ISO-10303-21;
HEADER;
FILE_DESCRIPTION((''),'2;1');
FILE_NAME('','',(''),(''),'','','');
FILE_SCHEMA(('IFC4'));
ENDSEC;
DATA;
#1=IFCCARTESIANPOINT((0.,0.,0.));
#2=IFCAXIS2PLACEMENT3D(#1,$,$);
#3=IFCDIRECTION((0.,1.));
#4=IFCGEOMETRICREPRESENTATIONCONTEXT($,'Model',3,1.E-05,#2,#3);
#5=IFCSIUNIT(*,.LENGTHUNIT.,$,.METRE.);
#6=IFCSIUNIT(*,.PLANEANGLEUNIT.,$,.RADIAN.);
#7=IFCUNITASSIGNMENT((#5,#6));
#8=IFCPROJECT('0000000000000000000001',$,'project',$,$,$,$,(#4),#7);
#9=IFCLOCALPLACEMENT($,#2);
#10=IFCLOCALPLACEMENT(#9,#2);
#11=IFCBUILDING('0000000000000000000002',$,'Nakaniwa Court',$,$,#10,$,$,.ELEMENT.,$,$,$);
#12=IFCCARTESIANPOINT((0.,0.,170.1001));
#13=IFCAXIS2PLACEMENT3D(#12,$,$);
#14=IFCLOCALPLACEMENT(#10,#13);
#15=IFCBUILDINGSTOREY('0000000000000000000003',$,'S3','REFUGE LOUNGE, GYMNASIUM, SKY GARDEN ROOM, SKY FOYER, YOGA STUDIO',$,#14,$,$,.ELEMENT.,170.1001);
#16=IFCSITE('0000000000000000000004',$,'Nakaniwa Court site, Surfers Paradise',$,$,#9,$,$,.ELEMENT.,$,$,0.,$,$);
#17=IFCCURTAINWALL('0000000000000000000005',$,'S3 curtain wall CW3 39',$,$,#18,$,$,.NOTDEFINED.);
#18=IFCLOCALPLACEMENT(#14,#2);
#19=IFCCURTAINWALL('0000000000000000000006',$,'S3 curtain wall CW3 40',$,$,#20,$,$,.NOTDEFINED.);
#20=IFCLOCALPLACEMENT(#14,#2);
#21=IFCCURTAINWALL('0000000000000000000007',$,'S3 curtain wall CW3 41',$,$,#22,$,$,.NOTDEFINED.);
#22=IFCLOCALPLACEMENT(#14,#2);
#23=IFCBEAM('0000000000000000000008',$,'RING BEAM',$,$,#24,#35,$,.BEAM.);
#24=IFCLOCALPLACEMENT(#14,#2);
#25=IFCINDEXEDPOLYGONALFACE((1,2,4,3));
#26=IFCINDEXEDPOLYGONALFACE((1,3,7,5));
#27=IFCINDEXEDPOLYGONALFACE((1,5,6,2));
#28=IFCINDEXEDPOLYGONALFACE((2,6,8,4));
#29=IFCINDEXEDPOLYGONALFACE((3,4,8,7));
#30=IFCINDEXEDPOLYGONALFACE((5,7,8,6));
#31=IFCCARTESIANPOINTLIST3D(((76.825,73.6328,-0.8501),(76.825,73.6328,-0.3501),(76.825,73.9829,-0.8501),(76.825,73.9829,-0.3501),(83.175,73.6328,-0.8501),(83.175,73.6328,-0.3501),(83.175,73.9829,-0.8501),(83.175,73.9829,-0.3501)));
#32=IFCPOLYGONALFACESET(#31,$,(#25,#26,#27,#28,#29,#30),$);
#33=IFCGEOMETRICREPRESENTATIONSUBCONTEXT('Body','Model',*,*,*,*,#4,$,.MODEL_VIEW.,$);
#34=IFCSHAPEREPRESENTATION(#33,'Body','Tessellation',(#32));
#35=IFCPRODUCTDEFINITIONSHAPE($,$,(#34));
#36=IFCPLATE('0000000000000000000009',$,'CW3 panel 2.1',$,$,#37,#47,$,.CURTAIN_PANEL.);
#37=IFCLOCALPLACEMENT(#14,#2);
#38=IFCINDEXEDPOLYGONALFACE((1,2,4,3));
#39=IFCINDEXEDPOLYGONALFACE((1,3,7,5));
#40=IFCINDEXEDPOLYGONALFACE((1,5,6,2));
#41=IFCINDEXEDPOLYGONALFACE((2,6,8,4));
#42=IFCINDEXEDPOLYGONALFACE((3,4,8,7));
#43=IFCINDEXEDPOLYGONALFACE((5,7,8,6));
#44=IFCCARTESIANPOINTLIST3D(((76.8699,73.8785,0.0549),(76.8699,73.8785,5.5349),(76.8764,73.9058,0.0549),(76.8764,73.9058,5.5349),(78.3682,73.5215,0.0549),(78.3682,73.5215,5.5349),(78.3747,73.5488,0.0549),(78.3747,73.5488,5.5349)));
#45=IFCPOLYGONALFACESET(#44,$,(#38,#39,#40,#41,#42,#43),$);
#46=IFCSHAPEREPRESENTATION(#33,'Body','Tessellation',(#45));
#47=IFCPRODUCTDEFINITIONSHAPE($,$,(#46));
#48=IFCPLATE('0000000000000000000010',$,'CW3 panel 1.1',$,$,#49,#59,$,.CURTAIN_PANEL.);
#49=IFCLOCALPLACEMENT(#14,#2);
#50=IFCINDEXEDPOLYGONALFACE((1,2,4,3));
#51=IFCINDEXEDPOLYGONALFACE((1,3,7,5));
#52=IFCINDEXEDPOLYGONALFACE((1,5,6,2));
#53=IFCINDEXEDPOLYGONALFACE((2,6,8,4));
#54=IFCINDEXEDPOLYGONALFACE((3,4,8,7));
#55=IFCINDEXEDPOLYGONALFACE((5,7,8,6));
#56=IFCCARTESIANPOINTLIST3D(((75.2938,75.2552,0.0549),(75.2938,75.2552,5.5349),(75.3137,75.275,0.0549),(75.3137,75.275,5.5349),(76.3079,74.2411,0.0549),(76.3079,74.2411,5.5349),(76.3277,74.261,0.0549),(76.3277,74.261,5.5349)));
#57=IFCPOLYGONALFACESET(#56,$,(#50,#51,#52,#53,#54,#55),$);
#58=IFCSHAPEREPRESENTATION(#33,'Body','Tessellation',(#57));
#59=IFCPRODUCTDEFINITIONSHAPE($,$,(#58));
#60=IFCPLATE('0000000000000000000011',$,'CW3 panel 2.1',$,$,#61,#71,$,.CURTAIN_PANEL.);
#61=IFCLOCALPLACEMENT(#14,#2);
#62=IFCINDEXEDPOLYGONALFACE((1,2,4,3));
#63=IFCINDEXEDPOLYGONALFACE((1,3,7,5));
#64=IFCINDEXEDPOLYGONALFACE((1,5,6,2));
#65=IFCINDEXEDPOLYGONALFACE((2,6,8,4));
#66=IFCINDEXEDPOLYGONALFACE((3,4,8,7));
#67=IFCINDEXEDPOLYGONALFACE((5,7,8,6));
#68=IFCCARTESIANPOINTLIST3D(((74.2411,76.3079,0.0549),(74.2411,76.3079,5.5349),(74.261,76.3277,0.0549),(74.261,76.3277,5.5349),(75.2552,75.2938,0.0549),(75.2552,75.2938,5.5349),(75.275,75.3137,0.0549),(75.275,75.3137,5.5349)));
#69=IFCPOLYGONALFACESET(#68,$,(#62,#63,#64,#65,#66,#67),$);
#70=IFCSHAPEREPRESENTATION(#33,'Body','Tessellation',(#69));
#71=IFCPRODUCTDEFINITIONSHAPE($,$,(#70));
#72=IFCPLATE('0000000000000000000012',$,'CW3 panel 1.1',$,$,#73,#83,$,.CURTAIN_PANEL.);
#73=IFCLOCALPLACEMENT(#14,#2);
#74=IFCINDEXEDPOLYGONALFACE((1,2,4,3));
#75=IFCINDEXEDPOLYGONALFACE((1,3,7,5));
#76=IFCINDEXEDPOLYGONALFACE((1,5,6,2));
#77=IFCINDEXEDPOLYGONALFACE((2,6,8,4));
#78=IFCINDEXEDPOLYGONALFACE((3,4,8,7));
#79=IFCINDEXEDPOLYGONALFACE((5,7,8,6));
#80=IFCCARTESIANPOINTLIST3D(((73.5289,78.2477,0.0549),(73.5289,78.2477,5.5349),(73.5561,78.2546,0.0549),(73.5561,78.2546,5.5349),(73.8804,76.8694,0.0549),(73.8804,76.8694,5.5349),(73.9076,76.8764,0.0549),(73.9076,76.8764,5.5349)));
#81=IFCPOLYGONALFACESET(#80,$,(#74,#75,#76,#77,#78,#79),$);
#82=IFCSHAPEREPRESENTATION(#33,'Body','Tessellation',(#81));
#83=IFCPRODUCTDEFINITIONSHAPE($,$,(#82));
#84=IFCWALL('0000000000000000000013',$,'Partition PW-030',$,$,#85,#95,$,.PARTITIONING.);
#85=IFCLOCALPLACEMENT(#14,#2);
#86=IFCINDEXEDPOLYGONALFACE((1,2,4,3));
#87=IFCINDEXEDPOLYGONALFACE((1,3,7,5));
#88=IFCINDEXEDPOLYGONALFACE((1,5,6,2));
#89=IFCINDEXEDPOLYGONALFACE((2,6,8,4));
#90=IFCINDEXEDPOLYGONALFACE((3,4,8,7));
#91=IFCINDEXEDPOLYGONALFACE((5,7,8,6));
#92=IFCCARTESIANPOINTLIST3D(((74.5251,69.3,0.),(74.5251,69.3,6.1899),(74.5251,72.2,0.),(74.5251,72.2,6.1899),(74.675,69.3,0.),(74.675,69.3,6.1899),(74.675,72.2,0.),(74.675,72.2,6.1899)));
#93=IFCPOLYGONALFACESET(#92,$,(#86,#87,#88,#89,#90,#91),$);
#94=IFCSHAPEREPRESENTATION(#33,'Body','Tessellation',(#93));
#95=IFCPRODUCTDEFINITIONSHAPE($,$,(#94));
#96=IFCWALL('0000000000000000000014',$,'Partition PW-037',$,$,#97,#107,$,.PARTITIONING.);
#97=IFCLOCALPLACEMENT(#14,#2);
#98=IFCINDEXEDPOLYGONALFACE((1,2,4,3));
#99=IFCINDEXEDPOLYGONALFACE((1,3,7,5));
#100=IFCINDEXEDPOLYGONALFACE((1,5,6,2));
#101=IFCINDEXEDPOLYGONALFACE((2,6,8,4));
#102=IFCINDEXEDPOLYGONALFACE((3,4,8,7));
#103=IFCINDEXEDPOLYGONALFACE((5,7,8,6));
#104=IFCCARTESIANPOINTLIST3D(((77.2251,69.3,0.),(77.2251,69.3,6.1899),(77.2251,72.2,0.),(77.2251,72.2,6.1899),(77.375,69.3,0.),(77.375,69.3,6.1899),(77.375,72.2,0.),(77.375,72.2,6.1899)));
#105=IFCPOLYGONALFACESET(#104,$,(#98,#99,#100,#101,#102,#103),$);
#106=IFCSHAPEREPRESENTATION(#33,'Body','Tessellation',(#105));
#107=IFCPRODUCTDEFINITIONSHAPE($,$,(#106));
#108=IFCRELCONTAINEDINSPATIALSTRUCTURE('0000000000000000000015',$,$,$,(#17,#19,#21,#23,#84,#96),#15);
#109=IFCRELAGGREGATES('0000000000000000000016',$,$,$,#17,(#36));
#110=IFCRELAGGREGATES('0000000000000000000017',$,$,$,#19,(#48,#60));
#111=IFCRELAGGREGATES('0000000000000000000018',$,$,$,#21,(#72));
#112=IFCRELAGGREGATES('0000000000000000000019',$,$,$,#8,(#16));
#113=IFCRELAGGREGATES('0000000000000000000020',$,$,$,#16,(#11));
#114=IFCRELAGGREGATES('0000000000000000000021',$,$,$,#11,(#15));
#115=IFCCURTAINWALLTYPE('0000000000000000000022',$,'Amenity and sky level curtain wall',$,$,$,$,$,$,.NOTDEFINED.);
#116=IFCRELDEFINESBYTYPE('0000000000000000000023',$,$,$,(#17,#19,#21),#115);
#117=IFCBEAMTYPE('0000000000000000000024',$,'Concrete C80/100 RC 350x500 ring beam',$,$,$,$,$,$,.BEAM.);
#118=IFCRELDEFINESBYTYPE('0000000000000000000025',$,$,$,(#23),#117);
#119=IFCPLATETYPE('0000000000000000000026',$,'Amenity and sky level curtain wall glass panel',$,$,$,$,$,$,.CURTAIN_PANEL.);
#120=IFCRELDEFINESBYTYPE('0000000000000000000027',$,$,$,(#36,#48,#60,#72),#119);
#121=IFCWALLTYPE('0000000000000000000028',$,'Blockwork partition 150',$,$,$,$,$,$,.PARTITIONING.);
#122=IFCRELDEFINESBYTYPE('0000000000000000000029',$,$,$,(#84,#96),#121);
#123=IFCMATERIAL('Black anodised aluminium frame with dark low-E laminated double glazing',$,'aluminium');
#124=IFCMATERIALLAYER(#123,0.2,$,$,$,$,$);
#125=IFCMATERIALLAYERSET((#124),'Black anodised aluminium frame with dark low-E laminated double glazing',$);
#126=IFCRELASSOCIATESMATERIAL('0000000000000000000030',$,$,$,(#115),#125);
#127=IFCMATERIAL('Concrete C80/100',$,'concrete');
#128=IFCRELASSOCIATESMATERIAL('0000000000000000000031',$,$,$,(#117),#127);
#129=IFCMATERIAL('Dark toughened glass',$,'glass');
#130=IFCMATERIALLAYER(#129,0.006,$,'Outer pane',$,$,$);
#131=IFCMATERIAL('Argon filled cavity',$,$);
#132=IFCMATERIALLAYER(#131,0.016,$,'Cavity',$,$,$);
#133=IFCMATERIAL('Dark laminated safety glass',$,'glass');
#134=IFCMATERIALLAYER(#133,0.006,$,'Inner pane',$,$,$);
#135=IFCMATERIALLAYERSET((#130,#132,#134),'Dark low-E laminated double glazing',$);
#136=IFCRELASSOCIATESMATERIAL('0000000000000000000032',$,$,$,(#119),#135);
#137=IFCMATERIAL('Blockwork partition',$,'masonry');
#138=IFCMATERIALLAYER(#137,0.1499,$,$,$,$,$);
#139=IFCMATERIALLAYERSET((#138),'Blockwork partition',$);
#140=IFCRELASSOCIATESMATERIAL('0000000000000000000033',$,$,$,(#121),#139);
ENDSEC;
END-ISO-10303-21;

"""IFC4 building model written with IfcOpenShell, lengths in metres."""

from ifc_helpers import new_model, si_unit, direction, frame, frame_2d, origin, origin_2d, place, context, subcontext, project, spatial, rectangle, extrude, material, layer, layer_set, material_profile, profile_set, type_object, element, aggregate, save


model = new_model("IFC4")

# Units and contexts
model_context = context("Model", 3, precision=1e-05, world=origin(), true_north=direction((0.0, 1.0)))
body_context = subcontext(model_context, "Body", "Model", "MODEL_VIEW")
ifc_project = project(units=[si_unit("LENGTHUNIT", "METRE"), si_unit("PLANEANGLEUNIT", "RADIAN")], contexts=[model_context])

# Site, building, storey
site_placement = place(None, origin())
site = spatial("IfcSite", under=ifc_project, at=site_placement, Name="Nakaniwa Court site, Surfers Paradise", CompositionType="ELEMENT", RefElevation=0.0)
building_placement = place(site_placement, origin())
building = spatial("IfcBuilding", under=site, at=building_placement, Name="Nakaniwa Court", CompositionType="ELEMENT")
storey_placement = place(building_placement, frame((0.0, 0.0, 170.1001)))
storey = spatial("IfcBuildingStorey", under=building, at=storey_placement, Name="S3", Description="REFUGE LOUNGE, GYMNASIUM, SKY GARDEN ROOM, SKY FOYER, YOGA STUDIO", CompositionType="ELEMENT", Elevation=170.1001)

# Shared definitions
ifc_material_1 = material(Name="Concrete C80/100", Category="concrete")

# Curtain wall
ifc_material_2 = material(Name="Black anodised aluminium frame with dark low-E laminated double glazing", Category="aluminium")
ifc_layer_1 = layer(ifc_material_2, 0.2)
ifc_layer_set_1 = layer_set([ifc_layer_1], Name="Black anodised aluminium frame with dark low-E laminated double glazing")
curtain_wall_type = type_object("IfcCurtainWallType", Name="Amenity and sky level curtain wall", PredefinedType="NOTDEFINED", material=ifc_layer_set_1)
curtain_wall_1_placement = place(storey_placement, origin())
curtain_wall_1 = element("IfcCurtainWall", 1, at=curtain_wall_1_placement, inside=storey, type_object=curtain_wall_type, Name="S3 curtain wall CW3 39", PredefinedType="NOTDEFINED")

# Curtain wall
curtain_wall_2_placement = place(storey_placement, origin())
curtain_wall_2 = element("IfcCurtainWall", 2, at=curtain_wall_2_placement, inside=storey, type_object=curtain_wall_type, Name="S3 curtain wall CW3 40", PredefinedType="NOTDEFINED")

# Curtain wall
curtain_wall_3_placement = place(storey_placement, origin())
curtain_wall_3 = element("IfcCurtainWall", 3, at=curtain_wall_3_placement, inside=storey, type_object=curtain_wall_type, Name="S3 curtain wall CW3 41", PredefinedType="NOTDEFINED")

# Beam
ifc_material_profile_1 = material_profile(ifc_material_1, rectangle(XDim=0.3501, YDim=0.5, at=origin_2d()), Name="Concrete C80/100 RC 350x500 ring beam")
ifc_profile_set_1 = profile_set([ifc_material_profile_1], Name="Concrete C80/100")
beam_type = type_object("IfcBeamType", Name="Concrete C80/100 RC 350x500 ring beam", PredefinedType="BEAM", material=ifc_profile_set_1)
beam_1_placement = place(storey_placement, frame((76.825, 73.8079, -0.6001), z_axis=(1.0, 0.0, 0.0), x_axis=(0.0, 1.0, 0.0)))
element("IfcBeam", 4, at=beam_1_placement, inside=storey, type_object=beam_type, Name="RING BEAM", PredefinedType="BEAM", context=body_context, shape_type="SweptSolid", body=[
    extrude(rectangle(XDim=0.3501, YDim=0.5, at=origin_2d()), origin(), (0.0, 0.0, 1.0), 6.3501),
])

# Plates
ifc_material_3 = material(Name="Dark toughened glass", Category="glass")
ifc_layer_2 = layer(ifc_material_3, 0.006, Name="Outer pane")
ifc_material_4 = material(Name="Argon filled cavity")
ifc_layer_3 = layer(ifc_material_4, 0.016, Name="Cavity")
ifc_material_5 = material(Name="Dark laminated safety glass", Category="glass")
ifc_layer_4 = layer(ifc_material_5, 0.006, Name="Inner pane")
ifc_layer_set_2 = layer_set([ifc_layer_2, ifc_layer_3, ifc_layer_4], Name="Dark low-E laminated double glazing")
plate_type = type_object("IfcPlateType", Name="Amenity and sky level curtain wall glass panel", PredefinedType="CURTAIN_PANEL", material=ifc_layer_set_2)
plate_1_placement = place(storey_placement, frame((77.6223, 73.7136, 0.0549), z_axis=(0.0, 0.0, 1.0), x_axis=(-0.972766, 0.231791, 0.0)))
plate_1 = element("IfcPlate", 5, at=plate_1_placement, type_object=plate_type, Name="CW3 panel 2.1", PredefinedType="CURTAIN_PANEL", context=body_context, shape_type="SweptSolid", body=[
    extrude(rectangle(XDim=1.5403, YDim=0.0281, at=origin_2d()), origin(), (0.0, 0.0, 1.0), 5.48),
])
aggregate(curtain_wall_1, [plate_1])
plate_2_placement = place(storey_placement, frame((75.8108, 74.7581, 0.0549), z_axis=(0.0, 0.0, 1.0), x_axis=(-0.707107, 0.707107, 0.0)))
plate_2 = element("IfcPlate", 6, at=plate_2_placement, type_object=plate_type, Name="CW3 panel 1.1", PredefinedType="CURTAIN_PANEL", context=body_context, shape_type="SweptSolid", body=[
    extrude(rectangle(XDim=1.4341, YDim=0.0281, at=origin_2d()), origin(), (0.0, 0.0, 1.0), 5.48),
])
plate_3_placement = place(storey_placement, frame((74.7581, 75.8108, 0.0549), z_axis=(0.0, 0.0, 1.0), x_axis=(-0.707107, 0.707107, 0.0)))
plate_3 = element("IfcPlate", 7, at=plate_3_placement, type_object=plate_type, Name="CW3 panel 2.1", PredefinedType="CURTAIN_PANEL", context=body_context, shape_type="SweptSolid", body=[
    extrude(rectangle(XDim=1.4341, YDim=0.0281, at=origin_2d()), origin(), (0.0, 0.0, 1.0), 5.48),
])
aggregate(curtain_wall_2, [plate_2, plate_3])
plate_4_placement = place(storey_placement, frame((73.7183, 77.562, 0.0549), z_axis=(0.0, 0.0, 1.0), x_axis=(-0.247114, 0.968986, 0.0)))
plate_4 = element("IfcPlate", 8, at=plate_4_placement, type_object=plate_type, Name="CW3 panel 1.1", PredefinedType="CURTAIN_PANEL", context=body_context, shape_type="SweptSolid", body=[
    extrude(rectangle(XDim=1.4224, YDim=0.0281, at=origin_2d()), origin(), (0.0, 0.0, 1.0), 5.48),
])
aggregate(curtain_wall_3, [plate_4])

# Walls
ifc_material_6 = material(Name="Blockwork partition", Category="masonry")
ifc_layer_5 = layer(ifc_material_6, 0.1499)
ifc_layer_set_3 = layer_set([ifc_layer_5], Name="Blockwork partition")
wall_type = type_object("IfcWallType", Name="Blockwork partition 150", PredefinedType="PARTITIONING", material=ifc_layer_set_3)
for number, where, z_axis, x_axis, name in (
    (9, (74.6001, 69.3, 0.0), (0.0, 0.0, 1.0), (0.0, 1.0, 0.0), "Partition PW-030"),
    (10, (77.3, 69.3, 0.0), (0.0, 0.0, 1.0), (0.0, 1.0, 0.0), "Partition PW-037"),
):
    element("IfcWall", number, at=place(storey_placement, frame(where, z_axis=z_axis, x_axis=x_axis)), inside=storey, type_object=wall_type, Name=name, PredefinedType="PARTITIONING", context=body_context, shape_type="SweptSolid", body=[
        extrude(rectangle(XDim=2.8999, YDim=0.1499, at=frame_2d((1.45, 0.0))), origin(), (0.0, 0.0, 1.0), 6.1899),
    ])

save(model, "model.ifc")
